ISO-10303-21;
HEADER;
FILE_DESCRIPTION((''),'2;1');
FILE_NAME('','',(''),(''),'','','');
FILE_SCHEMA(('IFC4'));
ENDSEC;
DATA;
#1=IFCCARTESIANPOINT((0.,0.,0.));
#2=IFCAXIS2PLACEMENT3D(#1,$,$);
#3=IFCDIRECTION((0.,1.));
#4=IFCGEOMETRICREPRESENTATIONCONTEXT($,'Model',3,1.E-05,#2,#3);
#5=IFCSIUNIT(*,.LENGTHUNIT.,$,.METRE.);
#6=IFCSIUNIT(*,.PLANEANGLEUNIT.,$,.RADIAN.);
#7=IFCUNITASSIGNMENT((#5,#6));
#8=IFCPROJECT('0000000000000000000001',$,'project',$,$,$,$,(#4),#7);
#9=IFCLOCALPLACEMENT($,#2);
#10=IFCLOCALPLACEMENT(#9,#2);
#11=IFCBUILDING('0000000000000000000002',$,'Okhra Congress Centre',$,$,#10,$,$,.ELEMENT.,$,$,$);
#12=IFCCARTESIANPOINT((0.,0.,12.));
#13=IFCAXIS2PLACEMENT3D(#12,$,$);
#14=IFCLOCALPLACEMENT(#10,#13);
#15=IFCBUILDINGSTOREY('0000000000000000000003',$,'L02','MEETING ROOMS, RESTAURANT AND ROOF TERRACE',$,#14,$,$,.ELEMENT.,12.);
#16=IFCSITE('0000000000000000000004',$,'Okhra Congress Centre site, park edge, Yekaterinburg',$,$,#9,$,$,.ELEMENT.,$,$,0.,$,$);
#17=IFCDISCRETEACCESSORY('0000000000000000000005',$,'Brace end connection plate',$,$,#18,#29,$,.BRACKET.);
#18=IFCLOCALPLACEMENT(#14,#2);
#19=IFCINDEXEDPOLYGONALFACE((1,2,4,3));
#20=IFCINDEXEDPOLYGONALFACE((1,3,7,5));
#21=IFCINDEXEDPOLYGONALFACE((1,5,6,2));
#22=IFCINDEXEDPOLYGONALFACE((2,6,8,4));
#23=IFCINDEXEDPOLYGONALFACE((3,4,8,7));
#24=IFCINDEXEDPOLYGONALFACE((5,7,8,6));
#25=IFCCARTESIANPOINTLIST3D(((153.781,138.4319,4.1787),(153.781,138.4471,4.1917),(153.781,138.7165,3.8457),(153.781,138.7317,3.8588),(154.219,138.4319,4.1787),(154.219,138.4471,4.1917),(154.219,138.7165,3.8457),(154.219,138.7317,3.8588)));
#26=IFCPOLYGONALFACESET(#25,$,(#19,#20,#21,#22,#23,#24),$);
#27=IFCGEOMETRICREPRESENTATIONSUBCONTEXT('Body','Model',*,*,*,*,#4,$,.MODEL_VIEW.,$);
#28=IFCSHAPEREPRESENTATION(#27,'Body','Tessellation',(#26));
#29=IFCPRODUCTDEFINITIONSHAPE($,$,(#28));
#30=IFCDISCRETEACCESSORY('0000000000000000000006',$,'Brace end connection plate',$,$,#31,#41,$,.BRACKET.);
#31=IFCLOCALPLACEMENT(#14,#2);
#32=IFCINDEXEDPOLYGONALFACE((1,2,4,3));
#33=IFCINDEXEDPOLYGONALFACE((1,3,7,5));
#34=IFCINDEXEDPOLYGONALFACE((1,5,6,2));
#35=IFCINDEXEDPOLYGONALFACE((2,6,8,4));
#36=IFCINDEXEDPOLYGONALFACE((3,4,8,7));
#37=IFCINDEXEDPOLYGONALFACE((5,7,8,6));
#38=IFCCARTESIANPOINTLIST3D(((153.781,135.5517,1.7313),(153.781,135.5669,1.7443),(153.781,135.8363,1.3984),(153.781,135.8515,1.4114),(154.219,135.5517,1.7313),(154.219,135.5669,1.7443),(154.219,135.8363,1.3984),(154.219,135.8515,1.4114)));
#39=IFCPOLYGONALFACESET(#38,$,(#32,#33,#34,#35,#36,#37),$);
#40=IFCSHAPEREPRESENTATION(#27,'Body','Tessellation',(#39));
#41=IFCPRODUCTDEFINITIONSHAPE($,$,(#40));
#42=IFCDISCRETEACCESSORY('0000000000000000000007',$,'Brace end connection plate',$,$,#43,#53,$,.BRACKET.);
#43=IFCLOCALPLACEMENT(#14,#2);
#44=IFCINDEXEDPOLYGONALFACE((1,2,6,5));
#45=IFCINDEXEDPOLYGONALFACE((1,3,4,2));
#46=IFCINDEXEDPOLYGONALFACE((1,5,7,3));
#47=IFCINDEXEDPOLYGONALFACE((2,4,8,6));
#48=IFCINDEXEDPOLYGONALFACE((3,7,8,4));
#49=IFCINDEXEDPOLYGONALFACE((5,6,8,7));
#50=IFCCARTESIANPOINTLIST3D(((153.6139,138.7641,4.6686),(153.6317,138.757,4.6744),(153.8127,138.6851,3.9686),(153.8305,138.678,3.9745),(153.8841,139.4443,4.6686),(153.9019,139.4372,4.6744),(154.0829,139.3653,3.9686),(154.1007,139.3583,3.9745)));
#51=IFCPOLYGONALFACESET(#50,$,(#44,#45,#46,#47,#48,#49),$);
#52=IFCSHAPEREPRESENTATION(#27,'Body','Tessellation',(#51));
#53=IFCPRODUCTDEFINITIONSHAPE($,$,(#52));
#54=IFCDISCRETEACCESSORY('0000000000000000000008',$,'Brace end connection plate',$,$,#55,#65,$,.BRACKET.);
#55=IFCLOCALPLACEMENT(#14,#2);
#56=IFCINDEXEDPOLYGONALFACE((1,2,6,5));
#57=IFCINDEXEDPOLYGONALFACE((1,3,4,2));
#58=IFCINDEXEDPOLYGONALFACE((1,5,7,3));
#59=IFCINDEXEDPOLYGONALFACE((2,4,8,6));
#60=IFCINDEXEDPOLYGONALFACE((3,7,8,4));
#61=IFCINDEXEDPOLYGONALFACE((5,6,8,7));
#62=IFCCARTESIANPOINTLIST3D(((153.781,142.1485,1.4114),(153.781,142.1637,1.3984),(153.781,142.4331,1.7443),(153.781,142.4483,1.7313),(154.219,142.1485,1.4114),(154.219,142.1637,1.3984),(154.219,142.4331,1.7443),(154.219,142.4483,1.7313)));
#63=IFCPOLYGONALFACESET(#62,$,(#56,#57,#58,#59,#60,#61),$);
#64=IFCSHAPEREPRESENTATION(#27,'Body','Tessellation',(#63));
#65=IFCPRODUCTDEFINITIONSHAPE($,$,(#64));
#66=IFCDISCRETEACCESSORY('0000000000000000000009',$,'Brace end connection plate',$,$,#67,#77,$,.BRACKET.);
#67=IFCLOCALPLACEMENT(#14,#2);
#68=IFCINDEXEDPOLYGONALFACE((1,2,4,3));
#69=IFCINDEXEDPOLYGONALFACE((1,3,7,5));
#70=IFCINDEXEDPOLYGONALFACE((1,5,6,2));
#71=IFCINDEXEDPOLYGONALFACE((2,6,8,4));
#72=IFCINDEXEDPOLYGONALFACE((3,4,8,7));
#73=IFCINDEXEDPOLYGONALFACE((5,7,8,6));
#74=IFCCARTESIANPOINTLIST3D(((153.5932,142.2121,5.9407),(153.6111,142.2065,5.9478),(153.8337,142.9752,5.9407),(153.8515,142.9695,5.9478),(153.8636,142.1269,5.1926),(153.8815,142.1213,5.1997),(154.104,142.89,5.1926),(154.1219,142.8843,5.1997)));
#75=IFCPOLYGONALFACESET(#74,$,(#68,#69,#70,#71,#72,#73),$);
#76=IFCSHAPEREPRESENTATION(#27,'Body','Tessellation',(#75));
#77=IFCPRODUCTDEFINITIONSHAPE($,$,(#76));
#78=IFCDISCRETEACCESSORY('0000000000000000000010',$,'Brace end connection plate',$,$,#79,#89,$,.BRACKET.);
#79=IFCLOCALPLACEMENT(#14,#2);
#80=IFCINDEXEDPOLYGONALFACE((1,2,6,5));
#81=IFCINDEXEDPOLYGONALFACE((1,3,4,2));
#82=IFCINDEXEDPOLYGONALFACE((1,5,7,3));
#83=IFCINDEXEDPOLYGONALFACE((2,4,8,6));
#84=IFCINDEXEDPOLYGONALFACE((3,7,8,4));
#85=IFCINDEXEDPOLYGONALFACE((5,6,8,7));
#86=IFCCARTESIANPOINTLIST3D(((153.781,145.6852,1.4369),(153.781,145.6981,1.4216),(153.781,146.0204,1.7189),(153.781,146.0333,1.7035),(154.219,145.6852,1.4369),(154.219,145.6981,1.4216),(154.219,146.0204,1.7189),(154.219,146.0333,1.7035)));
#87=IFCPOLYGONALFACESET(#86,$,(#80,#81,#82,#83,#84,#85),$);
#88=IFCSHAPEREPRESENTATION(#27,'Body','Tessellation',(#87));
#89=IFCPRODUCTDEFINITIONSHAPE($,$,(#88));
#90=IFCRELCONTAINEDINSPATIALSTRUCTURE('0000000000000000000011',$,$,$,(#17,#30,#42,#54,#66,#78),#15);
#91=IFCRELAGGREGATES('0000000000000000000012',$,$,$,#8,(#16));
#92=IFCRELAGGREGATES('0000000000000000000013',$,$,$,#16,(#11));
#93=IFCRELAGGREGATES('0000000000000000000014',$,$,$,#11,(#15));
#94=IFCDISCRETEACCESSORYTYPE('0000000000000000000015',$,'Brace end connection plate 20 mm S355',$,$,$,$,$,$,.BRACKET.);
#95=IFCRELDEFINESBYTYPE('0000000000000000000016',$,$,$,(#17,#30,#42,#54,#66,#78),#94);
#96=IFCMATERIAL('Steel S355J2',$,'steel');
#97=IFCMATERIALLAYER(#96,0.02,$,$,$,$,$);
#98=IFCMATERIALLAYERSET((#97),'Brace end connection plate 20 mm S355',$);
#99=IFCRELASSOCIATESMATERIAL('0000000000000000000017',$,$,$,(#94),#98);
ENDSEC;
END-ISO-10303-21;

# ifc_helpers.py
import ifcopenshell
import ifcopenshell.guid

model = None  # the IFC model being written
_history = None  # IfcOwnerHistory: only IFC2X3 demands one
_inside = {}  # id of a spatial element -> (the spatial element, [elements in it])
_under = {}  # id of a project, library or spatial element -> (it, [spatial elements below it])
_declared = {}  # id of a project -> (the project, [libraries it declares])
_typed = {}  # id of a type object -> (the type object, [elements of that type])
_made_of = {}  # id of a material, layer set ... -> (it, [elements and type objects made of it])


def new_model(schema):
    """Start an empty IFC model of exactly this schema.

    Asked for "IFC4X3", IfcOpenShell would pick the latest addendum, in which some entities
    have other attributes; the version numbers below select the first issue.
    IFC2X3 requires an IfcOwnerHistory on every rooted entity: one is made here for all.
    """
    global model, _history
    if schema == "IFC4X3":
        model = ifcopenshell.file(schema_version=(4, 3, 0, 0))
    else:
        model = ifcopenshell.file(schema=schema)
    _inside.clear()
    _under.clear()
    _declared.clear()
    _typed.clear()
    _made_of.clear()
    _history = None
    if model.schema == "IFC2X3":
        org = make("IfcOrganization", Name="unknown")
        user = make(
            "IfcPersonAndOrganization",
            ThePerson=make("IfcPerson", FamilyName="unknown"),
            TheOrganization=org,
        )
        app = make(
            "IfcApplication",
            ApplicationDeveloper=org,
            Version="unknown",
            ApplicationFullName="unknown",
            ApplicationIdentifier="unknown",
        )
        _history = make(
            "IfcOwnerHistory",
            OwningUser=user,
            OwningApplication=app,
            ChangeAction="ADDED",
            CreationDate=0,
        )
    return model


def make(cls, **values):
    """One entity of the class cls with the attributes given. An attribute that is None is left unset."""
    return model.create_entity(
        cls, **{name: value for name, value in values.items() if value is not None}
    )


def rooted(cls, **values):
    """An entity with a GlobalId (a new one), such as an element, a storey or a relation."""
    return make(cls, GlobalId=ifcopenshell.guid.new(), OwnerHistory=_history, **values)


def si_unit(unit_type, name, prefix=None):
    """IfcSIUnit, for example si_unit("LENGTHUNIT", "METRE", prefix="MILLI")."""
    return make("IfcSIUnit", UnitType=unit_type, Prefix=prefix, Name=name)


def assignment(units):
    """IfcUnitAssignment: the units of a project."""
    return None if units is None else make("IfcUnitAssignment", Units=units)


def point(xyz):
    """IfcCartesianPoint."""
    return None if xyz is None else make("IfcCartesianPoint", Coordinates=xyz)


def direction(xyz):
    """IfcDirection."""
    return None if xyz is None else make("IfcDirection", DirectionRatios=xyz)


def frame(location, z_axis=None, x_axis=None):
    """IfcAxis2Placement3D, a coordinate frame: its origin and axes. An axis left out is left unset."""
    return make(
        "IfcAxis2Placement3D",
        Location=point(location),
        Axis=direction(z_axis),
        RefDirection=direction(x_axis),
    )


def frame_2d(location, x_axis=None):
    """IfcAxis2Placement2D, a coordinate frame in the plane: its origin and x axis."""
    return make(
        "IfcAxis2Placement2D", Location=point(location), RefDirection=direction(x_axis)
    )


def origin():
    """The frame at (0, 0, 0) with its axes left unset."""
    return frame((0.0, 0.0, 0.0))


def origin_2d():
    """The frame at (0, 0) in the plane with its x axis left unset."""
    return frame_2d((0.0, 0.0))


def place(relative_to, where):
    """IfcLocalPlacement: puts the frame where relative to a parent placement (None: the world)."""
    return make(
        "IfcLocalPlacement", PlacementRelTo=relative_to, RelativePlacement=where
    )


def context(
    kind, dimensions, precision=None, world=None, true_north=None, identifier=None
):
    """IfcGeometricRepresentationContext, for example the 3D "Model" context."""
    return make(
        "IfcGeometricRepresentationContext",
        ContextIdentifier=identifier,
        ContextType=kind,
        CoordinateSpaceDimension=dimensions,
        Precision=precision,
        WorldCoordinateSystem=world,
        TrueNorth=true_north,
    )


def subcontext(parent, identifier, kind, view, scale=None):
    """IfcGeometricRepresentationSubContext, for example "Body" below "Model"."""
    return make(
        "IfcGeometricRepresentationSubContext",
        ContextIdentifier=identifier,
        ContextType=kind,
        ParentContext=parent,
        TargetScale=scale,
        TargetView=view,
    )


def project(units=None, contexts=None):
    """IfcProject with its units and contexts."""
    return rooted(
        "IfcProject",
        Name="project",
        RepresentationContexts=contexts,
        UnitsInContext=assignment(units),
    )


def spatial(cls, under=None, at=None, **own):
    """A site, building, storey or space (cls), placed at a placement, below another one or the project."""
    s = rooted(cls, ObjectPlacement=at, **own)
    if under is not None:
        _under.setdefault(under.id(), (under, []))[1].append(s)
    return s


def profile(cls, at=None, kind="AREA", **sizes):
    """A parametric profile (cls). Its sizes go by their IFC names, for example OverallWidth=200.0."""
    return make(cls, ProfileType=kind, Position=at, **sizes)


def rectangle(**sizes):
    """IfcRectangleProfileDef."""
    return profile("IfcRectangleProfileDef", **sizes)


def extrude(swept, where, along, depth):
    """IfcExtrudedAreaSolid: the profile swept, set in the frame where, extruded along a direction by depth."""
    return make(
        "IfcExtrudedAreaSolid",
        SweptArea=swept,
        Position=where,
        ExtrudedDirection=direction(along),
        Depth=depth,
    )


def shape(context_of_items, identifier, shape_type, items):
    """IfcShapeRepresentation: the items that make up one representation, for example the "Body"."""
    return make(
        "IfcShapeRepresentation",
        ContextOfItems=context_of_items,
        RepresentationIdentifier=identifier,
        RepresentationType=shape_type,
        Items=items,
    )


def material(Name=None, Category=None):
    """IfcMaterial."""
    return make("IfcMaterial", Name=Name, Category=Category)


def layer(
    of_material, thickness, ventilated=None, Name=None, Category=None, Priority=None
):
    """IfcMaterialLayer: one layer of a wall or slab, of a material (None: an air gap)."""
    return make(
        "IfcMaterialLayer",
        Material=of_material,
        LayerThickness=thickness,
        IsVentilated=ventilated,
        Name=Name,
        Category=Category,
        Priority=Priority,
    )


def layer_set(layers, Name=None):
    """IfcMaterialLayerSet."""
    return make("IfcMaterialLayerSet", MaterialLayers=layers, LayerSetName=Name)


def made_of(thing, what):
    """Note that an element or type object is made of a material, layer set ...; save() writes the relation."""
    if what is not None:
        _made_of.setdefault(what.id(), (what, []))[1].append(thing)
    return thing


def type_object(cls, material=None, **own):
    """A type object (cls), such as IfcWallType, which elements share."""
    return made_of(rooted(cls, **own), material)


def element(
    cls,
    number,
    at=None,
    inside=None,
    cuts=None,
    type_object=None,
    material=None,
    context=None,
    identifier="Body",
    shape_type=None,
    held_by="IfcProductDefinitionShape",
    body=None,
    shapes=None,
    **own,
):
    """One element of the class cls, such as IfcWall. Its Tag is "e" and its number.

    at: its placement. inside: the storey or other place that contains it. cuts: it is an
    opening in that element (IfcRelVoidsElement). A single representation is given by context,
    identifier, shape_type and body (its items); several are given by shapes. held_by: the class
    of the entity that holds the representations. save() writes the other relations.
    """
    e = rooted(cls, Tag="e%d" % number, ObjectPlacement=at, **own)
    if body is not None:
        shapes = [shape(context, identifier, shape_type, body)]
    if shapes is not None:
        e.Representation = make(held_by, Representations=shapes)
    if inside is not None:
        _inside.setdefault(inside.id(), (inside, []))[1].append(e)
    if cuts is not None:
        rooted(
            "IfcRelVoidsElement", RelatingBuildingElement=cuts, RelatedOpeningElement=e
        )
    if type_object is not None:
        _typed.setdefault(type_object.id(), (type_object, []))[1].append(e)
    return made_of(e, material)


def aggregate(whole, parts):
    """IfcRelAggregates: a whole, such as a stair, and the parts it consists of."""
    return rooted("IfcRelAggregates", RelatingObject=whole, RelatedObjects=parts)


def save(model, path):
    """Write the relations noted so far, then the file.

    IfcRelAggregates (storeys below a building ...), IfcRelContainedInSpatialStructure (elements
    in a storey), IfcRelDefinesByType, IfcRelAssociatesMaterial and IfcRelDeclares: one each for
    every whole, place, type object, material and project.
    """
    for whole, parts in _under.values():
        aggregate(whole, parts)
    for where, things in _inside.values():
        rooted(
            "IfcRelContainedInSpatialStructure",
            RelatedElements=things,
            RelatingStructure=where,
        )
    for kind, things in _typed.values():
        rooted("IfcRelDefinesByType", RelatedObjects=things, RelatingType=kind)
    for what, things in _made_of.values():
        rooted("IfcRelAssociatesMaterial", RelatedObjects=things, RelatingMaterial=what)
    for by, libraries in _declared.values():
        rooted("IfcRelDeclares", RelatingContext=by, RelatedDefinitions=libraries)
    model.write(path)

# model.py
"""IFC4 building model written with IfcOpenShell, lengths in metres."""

from ifc_helpers import new_model, si_unit, direction, frame, origin, origin_2d, place, context, subcontext, project, spatial, rectangle, extrude, material, layer, layer_set, type_object, element, save


model = new_model("IFC4")

# Units and contexts
model_context = context("Model", 3, precision=1e-05, world=origin(), true_north=direction((0.0, 1.0)))
body_context = subcontext(model_context, "Body", "Model", "MODEL_VIEW")
ifc_project = project(units=[si_unit("LENGTHUNIT", "METRE"), si_unit("PLANEANGLEUNIT", "RADIAN")], contexts=[model_context])

# Site, building, storey
site_placement = place(None, origin())
site = spatial("IfcSite", under=ifc_project, at=site_placement, Name="Okhra Congress Centre site, park edge, Yekaterinburg", CompositionType="ELEMENT", RefElevation=0.0)
building_placement = place(site_placement, origin())
building = spatial("IfcBuilding", under=site, at=building_placement, Name="Okhra Congress Centre", CompositionType="ELEMENT")
storey_placement = place(building_placement, frame((0.0, 0.0, 12.0)))
storey = spatial("IfcBuildingStorey", under=building, at=storey_placement, Name="L02", Description="MEETING ROOMS, RESTAURANT AND ROOF TERRACE", CompositionType="ELEMENT", Elevation=12.0)

# Shared definitions
ifc_material_1 = material(Name="Steel S355J2", Category="steel")

# Discrete accessories
ifc_layer_1 = layer(ifc_material_1, 0.02)
ifc_layer_set_1 = layer_set([ifc_layer_1], Name="Brace end connection plate 20 mm S355")
discrete_accessory_type = type_object("IfcDiscreteAccessoryType", Name="Brace end connection plate 20 mm S355", PredefinedType="BRACKET", material=ifc_layer_set_1)
for number, where, z_axis, x_axis, name in (
    (1, (154.0, 138.5742, 4.0122), (0.0, 0.760121, 0.649781), (-1.0, 0.0, 0.0), "Brace end connection plate"),
    (2, (154.0, 135.7092, 1.5779), (0.0, -0.760121, -0.649781), (1.0, 0.0, 0.0), "Brace end connection plate"),
):
    element("IfcDiscreteAccessory", number, at=place(storey_placement, frame(where, z_axis=z_axis, x_axis=x_axis)), inside=storey, type_object=discrete_accessory_type, Name=name, PredefinedType="BRACKET", context=body_context, shape_type="SweptSolid", body=[
        extrude(rectangle(XDim=0.438, YDim=0.438, at=origin_2d()), origin(), (0.0, 0.0, 1.0), 0.02),
    ])
discrete_accessory_1_placement = place(storey_placement, frame((153.8484, 139.0647, 4.3186), z_axis=(0.888791, -0.353081, 0.292205), x_axis=(0.369195, 0.929352, 0.0)))
element("IfcDiscreteAccessory", 3, at=discrete_accessory_1_placement, inside=storey, type_object=discrete_accessory_type, Name="Brace end connection plate", PredefinedType="BRACKET", context=body_context, shape_type="SweptSolid", body=[
    extrude(rectangle(XDim=0.7319, YDim=0.7319, at=origin_2d()), origin(), (0.0, 0.0, 1.0), 0.02),
])
discrete_accessory_2_placement = place(storey_placement, frame((154.0, 142.2908, 1.5779), z_axis=(0.0, 0.760121, -0.649781), x_axis=(-1.0, 0.0, 0.0)))
element("IfcDiscreteAccessory", 4, at=discrete_accessory_2_placement, inside=storey, type_object=discrete_accessory_type, Name="Brace end connection plate", PredefinedType="BRACKET", context=body_context, shape_type="SweptSolid", body=[
    extrude(rectangle(XDim=0.438, YDim=0.438, at=origin_2d()), origin(), (0.0, 0.0, 1.0), 0.02),
])
discrete_accessory_3_placement = place(storey_placement, frame((153.8486, 142.551, 5.5667), z_axis=(0.891904, -0.281011, 0.354318), x_axis=(0.300506, 0.95378, 0.0)))
element("IfcDiscreteAccessory", 5, at=discrete_accessory_3_placement, inside=storey, type_object=discrete_accessory_type, Name="Brace end connection plate", PredefinedType="BRACKET", context=body_context, shape_type="SweptSolid", body=[
    extrude(rectangle(XDim=0.8, YDim=0.8, at=origin_2d()), origin(), (0.0, 0.0, 1.0), 0.02),
])
discrete_accessory_4_placement = place(storey_placement, frame((154.0, 145.8528, 1.5779), z_axis=(0.0, 0.643762, -0.765226), x_axis=(-1.0, 0.0, 0.0)))
element("IfcDiscreteAccessory", 6, at=discrete_accessory_4_placement, inside=storey, type_object=discrete_accessory_type, Name="Brace end connection plate", PredefinedType="BRACKET", context=body_context, shape_type="SweptSolid", body=[
    extrude(rectangle(XDim=0.438, YDim=0.438, at=origin_2d()), origin(), (0.0, 0.0, 1.0), 0.02),
])

save(model, "model.ifc")
